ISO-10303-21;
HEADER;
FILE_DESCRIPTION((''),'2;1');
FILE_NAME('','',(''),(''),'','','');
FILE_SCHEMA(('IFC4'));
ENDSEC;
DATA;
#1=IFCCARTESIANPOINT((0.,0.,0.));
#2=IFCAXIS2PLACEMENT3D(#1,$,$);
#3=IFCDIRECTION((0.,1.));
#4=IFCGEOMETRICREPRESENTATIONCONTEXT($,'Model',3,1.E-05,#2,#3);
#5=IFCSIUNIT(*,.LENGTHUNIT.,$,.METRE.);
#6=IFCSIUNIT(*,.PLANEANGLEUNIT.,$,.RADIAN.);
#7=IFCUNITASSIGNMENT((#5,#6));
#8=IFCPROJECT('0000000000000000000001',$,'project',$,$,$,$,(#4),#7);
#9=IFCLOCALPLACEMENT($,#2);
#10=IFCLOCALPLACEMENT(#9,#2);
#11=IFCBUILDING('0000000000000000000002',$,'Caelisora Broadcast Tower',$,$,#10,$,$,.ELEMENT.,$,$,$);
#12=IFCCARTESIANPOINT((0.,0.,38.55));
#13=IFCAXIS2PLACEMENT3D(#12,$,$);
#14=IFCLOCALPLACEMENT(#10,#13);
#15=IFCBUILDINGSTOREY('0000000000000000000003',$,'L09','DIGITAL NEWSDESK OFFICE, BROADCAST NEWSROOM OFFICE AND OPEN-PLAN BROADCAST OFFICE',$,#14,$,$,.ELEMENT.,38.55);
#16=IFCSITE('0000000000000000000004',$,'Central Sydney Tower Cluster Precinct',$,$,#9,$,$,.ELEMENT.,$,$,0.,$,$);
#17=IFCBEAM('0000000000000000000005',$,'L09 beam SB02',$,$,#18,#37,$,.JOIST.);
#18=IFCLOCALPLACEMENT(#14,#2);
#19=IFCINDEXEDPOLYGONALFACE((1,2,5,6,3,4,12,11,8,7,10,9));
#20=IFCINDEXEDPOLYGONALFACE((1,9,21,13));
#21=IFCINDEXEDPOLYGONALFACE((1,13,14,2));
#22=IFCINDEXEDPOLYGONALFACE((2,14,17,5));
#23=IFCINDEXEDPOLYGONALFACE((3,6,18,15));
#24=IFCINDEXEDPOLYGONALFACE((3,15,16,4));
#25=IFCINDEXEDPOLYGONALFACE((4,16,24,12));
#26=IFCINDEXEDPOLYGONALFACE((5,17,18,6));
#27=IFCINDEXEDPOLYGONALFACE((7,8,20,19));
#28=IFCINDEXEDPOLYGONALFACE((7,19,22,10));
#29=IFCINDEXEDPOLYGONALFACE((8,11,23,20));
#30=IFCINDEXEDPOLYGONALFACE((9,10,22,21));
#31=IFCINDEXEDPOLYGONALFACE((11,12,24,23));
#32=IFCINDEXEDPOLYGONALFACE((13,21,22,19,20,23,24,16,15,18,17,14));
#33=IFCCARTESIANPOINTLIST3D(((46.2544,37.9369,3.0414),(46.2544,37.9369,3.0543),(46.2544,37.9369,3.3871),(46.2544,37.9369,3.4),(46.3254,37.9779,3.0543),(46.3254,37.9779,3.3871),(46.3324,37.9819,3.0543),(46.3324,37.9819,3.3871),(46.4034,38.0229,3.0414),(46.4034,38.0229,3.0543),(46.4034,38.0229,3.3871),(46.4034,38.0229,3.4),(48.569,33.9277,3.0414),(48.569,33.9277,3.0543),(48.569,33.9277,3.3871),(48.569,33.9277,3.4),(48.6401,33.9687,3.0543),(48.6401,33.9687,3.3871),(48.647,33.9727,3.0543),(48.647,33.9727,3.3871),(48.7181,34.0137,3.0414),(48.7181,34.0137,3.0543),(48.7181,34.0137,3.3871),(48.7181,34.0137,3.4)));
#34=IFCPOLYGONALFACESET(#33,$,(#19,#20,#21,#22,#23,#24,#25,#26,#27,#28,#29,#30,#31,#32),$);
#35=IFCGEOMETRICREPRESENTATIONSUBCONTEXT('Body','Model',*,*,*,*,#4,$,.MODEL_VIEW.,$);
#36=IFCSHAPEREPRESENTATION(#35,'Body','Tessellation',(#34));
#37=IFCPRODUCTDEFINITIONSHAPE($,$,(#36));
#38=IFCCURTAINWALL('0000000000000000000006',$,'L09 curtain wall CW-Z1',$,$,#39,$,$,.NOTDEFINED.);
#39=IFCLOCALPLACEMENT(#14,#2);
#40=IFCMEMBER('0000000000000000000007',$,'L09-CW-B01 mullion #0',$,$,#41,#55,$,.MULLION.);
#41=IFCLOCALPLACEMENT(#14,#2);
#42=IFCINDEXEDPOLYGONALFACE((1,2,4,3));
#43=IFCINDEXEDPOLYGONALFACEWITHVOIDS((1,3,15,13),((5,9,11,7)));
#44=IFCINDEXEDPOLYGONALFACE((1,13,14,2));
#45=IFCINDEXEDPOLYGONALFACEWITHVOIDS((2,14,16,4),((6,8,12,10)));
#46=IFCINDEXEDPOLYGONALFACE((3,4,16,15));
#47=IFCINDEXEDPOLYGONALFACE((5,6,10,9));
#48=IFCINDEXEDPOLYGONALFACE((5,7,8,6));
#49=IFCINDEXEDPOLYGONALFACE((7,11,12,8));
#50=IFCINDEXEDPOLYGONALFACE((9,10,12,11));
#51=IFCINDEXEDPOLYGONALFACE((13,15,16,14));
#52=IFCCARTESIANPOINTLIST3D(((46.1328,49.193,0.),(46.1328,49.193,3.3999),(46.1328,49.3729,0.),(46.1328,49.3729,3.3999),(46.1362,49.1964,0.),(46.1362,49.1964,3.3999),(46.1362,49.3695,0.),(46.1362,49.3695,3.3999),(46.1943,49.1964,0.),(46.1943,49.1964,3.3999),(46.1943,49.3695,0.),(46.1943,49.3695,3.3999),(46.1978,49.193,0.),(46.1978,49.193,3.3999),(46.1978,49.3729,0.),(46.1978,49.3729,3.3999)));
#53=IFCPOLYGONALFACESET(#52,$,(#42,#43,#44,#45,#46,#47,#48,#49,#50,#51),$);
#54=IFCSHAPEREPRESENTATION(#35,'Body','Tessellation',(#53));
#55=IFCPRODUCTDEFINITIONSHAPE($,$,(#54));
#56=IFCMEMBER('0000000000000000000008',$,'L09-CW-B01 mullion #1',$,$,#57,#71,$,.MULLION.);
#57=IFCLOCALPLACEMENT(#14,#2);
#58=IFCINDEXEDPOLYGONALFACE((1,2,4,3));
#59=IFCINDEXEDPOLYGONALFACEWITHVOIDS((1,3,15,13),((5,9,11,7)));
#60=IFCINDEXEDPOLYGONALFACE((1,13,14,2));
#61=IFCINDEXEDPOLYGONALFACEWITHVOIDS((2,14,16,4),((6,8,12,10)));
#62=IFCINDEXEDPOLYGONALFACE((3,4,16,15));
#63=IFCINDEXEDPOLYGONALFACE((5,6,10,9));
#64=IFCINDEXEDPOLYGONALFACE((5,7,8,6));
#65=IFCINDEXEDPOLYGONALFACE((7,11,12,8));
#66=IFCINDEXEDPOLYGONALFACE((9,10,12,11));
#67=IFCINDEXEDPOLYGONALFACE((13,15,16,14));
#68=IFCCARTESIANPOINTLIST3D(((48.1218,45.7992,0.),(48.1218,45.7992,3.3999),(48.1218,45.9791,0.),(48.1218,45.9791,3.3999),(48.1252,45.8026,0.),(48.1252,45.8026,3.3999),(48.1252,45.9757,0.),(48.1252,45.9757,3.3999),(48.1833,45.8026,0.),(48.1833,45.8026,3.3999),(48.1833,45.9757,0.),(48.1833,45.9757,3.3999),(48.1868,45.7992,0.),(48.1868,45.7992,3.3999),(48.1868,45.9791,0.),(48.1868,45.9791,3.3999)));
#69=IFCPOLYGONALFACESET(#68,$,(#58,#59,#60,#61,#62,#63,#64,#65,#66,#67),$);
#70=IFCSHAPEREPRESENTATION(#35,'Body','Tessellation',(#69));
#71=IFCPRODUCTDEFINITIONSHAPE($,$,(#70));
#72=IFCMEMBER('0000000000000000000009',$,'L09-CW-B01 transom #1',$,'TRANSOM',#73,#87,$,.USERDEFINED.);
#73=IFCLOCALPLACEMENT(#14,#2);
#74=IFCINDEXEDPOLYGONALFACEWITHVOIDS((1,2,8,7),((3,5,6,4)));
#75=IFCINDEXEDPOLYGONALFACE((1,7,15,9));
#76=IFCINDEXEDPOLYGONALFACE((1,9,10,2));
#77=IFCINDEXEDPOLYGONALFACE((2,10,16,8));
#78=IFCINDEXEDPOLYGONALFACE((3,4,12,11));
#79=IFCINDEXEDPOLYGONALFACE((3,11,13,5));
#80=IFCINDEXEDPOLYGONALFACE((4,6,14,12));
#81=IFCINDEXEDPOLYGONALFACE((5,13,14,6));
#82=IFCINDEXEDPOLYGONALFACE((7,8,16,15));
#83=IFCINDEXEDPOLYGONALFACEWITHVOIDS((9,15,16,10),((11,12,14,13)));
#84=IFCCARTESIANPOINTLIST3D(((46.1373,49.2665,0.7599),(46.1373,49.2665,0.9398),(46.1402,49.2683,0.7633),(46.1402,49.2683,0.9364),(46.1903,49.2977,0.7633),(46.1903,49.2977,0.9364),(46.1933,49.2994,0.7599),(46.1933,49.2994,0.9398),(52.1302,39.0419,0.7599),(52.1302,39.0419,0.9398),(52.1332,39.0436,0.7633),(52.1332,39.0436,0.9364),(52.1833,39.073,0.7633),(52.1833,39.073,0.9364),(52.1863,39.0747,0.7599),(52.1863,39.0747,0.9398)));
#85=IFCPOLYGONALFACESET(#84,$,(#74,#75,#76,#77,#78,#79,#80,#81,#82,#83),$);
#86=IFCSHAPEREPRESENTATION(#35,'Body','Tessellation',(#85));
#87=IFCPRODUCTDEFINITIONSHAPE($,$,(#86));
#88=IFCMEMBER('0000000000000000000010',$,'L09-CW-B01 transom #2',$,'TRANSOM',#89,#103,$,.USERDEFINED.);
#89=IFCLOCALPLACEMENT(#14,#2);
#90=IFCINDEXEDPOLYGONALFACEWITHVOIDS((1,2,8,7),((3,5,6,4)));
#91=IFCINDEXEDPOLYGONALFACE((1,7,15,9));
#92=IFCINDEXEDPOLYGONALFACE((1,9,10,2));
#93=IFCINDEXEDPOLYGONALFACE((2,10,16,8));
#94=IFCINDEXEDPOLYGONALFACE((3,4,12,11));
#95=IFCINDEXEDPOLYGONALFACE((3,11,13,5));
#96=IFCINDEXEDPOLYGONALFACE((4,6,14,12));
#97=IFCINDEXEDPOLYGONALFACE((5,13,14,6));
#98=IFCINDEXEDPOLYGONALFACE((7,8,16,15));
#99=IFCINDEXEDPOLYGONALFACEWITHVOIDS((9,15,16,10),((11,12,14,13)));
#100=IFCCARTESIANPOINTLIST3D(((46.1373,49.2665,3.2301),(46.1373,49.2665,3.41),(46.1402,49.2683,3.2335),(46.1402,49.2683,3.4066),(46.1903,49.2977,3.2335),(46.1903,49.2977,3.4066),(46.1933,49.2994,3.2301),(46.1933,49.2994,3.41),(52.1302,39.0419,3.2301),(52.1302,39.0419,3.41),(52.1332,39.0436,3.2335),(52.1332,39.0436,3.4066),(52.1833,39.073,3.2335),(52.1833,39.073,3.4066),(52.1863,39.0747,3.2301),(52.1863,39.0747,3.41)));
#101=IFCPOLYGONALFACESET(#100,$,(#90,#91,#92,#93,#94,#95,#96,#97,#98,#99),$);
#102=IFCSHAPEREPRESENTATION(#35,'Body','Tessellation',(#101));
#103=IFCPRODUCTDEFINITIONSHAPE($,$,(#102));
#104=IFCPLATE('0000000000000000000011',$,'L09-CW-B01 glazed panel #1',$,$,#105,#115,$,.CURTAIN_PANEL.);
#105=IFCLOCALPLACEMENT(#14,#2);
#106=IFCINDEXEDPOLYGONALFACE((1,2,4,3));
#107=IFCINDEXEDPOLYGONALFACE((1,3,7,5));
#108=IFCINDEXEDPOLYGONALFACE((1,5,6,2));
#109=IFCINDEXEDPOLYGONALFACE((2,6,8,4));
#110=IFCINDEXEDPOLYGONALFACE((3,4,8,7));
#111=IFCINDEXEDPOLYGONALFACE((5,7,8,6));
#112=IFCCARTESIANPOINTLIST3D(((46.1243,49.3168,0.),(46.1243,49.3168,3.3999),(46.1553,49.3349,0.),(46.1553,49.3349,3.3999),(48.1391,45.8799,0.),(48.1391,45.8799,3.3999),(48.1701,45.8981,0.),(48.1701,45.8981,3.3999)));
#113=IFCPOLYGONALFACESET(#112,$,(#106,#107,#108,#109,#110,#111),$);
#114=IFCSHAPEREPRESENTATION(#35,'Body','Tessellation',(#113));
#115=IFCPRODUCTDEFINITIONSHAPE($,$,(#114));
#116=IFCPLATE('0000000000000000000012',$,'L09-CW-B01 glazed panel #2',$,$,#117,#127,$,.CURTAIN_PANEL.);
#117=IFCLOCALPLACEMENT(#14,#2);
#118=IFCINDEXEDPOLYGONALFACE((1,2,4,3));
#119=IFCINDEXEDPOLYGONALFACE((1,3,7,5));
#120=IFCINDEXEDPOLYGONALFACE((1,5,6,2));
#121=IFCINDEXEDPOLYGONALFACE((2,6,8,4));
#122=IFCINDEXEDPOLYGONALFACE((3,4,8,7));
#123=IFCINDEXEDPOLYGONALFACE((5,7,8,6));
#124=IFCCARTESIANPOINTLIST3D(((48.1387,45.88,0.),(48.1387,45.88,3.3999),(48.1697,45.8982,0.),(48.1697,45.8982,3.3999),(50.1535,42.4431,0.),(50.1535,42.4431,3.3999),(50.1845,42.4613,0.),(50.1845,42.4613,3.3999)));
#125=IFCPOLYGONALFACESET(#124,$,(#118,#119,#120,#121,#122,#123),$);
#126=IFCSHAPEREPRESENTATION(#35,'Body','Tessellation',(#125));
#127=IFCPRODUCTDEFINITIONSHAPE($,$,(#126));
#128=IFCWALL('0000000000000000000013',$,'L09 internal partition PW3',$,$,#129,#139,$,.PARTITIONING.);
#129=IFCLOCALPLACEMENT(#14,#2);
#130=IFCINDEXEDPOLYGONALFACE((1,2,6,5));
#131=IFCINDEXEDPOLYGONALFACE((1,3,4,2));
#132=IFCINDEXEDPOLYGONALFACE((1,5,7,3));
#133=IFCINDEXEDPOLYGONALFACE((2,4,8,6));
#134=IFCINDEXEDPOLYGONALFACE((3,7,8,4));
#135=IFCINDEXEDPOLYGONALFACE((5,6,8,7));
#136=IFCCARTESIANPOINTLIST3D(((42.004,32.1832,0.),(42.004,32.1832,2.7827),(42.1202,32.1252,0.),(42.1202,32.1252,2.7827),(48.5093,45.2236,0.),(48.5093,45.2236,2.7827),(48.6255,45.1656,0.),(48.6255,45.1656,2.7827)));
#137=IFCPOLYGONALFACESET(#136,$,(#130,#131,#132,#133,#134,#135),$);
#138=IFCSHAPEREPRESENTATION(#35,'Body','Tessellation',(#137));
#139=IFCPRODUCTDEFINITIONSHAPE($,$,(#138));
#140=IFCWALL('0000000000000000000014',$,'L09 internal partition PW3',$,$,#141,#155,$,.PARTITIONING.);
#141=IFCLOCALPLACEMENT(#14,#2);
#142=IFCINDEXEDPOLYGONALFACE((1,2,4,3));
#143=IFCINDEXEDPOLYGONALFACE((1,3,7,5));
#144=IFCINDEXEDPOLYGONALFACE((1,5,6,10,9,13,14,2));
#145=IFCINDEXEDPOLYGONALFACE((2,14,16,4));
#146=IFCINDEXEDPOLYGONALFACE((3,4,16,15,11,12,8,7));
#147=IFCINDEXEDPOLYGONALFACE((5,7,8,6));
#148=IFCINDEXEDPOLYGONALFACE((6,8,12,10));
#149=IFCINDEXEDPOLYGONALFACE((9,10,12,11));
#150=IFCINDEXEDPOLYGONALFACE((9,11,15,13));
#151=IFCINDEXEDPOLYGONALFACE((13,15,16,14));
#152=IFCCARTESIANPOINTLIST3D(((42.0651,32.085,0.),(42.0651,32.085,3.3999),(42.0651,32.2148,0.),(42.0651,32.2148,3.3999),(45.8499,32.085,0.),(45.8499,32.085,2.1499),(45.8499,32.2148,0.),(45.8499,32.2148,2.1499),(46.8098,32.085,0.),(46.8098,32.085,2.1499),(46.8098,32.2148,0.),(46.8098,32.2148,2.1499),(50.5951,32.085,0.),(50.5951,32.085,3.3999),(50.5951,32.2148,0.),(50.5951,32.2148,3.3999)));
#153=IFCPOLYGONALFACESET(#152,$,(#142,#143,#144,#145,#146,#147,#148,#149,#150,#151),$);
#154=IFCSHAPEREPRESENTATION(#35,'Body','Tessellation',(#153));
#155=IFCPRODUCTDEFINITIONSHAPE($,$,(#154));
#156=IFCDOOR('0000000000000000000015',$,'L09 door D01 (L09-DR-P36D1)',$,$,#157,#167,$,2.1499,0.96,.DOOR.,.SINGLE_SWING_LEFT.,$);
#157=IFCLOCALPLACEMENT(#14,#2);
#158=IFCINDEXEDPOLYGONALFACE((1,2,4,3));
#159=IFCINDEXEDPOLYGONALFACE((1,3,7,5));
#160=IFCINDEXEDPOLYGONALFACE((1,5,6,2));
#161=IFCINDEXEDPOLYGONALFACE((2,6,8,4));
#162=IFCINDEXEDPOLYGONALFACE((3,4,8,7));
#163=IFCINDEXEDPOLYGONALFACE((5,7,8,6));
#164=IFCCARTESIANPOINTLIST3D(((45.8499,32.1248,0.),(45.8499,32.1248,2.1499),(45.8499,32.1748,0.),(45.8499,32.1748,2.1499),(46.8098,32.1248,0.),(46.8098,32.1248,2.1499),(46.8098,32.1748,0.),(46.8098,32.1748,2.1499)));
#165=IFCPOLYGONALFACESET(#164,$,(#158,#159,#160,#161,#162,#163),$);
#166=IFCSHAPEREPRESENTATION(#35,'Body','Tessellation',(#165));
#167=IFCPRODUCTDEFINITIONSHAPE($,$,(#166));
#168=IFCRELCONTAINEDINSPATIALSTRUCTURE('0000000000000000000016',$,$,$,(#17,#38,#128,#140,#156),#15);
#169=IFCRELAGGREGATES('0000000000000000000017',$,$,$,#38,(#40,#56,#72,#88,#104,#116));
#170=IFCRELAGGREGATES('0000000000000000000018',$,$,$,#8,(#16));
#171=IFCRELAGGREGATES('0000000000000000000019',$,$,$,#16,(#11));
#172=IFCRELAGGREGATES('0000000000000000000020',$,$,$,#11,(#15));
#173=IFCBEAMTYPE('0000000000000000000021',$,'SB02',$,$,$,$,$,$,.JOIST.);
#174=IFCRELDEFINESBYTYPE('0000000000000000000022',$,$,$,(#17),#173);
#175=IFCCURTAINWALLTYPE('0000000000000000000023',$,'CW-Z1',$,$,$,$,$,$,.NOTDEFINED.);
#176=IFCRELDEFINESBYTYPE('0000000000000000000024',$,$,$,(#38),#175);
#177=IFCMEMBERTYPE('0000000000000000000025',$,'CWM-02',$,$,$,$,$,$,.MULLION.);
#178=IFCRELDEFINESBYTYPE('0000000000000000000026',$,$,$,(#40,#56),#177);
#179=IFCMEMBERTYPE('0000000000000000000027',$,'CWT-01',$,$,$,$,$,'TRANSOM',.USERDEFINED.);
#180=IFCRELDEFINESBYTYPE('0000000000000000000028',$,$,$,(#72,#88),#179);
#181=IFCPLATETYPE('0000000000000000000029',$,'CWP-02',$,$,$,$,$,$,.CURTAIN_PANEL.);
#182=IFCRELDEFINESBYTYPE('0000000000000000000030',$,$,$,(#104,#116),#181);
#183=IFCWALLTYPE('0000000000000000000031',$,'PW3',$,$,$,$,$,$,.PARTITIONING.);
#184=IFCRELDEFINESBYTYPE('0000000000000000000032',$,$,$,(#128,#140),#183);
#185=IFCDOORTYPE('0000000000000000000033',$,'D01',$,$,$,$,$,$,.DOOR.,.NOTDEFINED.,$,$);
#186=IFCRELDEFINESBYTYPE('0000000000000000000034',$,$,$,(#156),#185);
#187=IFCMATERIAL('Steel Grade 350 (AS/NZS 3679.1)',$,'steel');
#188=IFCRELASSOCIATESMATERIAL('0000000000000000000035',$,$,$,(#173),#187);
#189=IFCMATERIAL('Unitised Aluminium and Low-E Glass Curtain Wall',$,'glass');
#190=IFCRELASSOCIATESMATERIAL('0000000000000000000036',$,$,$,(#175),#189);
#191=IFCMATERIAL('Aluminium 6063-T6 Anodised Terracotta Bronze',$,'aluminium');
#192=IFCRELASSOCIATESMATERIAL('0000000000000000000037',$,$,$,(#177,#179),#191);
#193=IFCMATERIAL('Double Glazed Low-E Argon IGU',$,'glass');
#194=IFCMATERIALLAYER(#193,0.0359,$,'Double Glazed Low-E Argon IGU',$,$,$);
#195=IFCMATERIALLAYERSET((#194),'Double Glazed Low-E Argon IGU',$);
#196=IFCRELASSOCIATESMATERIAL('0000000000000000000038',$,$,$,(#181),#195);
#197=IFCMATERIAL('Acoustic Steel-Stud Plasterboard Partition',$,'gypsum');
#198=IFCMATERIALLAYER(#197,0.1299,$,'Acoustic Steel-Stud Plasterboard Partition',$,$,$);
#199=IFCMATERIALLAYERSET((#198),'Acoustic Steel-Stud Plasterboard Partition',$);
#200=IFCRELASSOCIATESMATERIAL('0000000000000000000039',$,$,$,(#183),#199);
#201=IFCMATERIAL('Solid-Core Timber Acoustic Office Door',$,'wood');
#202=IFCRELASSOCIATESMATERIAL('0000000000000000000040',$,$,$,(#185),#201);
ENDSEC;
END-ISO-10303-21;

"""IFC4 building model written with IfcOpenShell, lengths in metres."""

from ifc_helpers import new_model, si_unit, direction, frame, frame_2d, origin, origin_2d, place, context, subcontext, project, spatial, rectangle, hollow_rectangle, i_section, extrude, source, transform, mapped, material, layer, layer_set, material_profile, profile_set, type_object, type_shapes, element, fill, aggregate, save


model = new_model("IFC4")

# Units and contexts
model_context = context("Model", 3, precision=1e-05, world=origin(), true_north=direction((0.0, 1.0)))
body_context = subcontext(model_context, "Body", "Model", "MODEL_VIEW")
ifc_project = project(units=[si_unit("LENGTHUNIT", "METRE"), si_unit("PLANEANGLEUNIT", "RADIAN")], contexts=[model_context])

# Site, building, storey
site_placement = place(None, origin())
site = spatial("IfcSite", under=ifc_project, at=site_placement, Name="Central Sydney Tower Cluster Precinct", CompositionType="ELEMENT", RefElevation=0.0)
building_placement = place(site_placement, origin())
building = spatial("IfcBuilding", under=site, at=building_placement, Name="Caelisora Broadcast Tower", CompositionType="ELEMENT")
storey_placement = place(building_placement, frame((0.0, 0.0, 38.55)))
storey = spatial("IfcBuildingStorey", under=building, at=storey_placement, Name="L09", Description="DIGITAL NEWSDESK OFFICE, BROADCAST NEWSROOM OFFICE AND OPEN-PLAN BROADCAST OFFICE", CompositionType="ELEMENT", Elevation=38.55)

# Beam
ifc_material_1 = material(Name="Steel Grade 350 (AS/NZS 3679.1)", Category="steel")
ifc_material_profile_1 = material_profile(ifc_material_1, i_section(OverallWidth=0.1721, OverallDepth=0.3586, WebThickness=0.0081, FlangeThickness=0.0129, at=origin_2d()), Name="Steel Grade 350 (AS/NZS 3679.1)")
ifc_profile_set_1 = profile_set([ifc_material_profile_1], Name="Steel Grade 350 (AS/NZS 3679.1)")
beam_type_1 = type_object("IfcBeamType", Name="SB02", PredefinedType="JOIST", material=ifc_profile_set_1)
shared_shape_1 = source(origin(), body_context, "Body", "SweptSolid", [
    extrude(i_section(OverallWidth=0.1721, OverallDepth=0.3586, WebThickness=0.0081, FlangeThickness=0.0129, at=origin_2d()), origin(), (0.0, 0.0, 1.0), 4.6294),
])
beam_1_placement = place(storey_placement, frame((48.6436, 33.9707, 3.2207), z_axis=(-0.49999, 0.866031, 0.0), x_axis=(-0.866031, -0.49999, 0.0)))
element("IfcBeam", 1, at=beam_1_placement, inside=storey, type_object=beam_type_1, Name="L09 beam SB02", PredefinedType="JOIST", context=body_context, shape_type="MappedRepresentation", body=[
    mapped(shared_shape_1, transform((0.0, 0.0, 0.0), scale=1.0)),
])

# Curtain wall, members, plates
ifc_material_2 = material(Name="Unitised Aluminium and Low-E Glass Curtain Wall", Category="glass")
curtain_wall_type = type_object("IfcCurtainWallType", Name="CW-Z1", PredefinedType="NOTDEFINED", material=ifc_material_2)
curtain_wall_placement = place(storey_placement, origin())
curtain_wall = element("IfcCurtainWall", 2, at=curtain_wall_placement, inside=storey, type_object=curtain_wall_type, Name="L09 curtain wall CW-Z1", PredefinedType="NOTDEFINED")
ifc_material_3 = material(Name="Aluminium 6063-T6 Anodised Terracotta Bronze", Category="aluminium")
ifc_material_profile_2 = material_profile(ifc_material_3, hollow_rectangle(XDim=0.0649, YDim=0.1799, WallThickness=0.0034, at=origin_2d()), Name="Aluminium 6063-T6 Anodised Terracotta Bronze")
ifc_profile_set_2 = profile_set([ifc_material_profile_2], Name="Aluminium 6063-T6 Anodised Terracotta Bronze")
member_type_1 = type_object("IfcMemberType", Name="CWM-02", PredefinedType="MULLION", material=ifc_profile_set_2)
shared_shape_2 = source(origin(), body_context, "Body", "SweptSolid", [
    extrude(hollow_rectangle(XDim=0.0649, YDim=0.1799, WallThickness=0.0034, at=origin_2d()), origin(), (0.0, 0.0, 1.0), 3.3999),
])
type_shapes(member_type_1, [shared_shape_2])
member_1_placement = place(storey_placement, frame((46.1653, 49.283, 0.0), z_axis=(0.0, 0.0, 1.0), x_axis=(1.0, 0.0, 0.0)))
member_1 = element("IfcMember", 3, at=member_1_placement, type_object=member_type_1, Name="L09-CW-B01 mullion #0", PredefinedType="MULLION", context=body_context, shape_type="MappedRepresentation", body=[
    mapped(shared_shape_2, transform((0.0, 0.0, 0.0), scale=1.0)),
])
member_2_placement = place(storey_placement, frame((48.1543, 45.8892, 0.0), z_axis=(0.0, 0.0, 1.0), x_axis=(1.0, 0.0, 0.0)))
member_2 = element("IfcMember", 4, at=member_2_placement, type_object=member_type_1, Name="L09-CW-B01 mullion #1", PredefinedType="MULLION", context=body_context, shape_type="MappedRepresentation", body=[
    mapped(shared_shape_2, transform((0.0, 0.0, 0.0), scale=1.0)),
])
ifc_material_profile_3 = material_profile(ifc_material_3, hollow_rectangle(XDim=0.0649, YDim=0.1799, WallThickness=0.0034, at=origin_2d()), Name="Aluminium 6063-T6 Anodised Terracotta Bronze")
ifc_profile_set_3 = profile_set([ifc_material_profile_3], Name="Aluminium 6063-T6 Anodised Terracotta Bronze")
member_type_2 = type_object("IfcMemberType", Name="CWT-01", ElementType="TRANSOM", PredefinedType="USERDEFINED", material=ifc_profile_set_3)
shared_shape_3 = source(origin(), body_context, "Body", "SweptSolid", [
    extrude(hollow_rectangle(XDim=0.0649, YDim=0.1799, WallThickness=0.0034, at=origin_2d()), origin(), (0.0, 0.0, 1.0), 11.8516),
])
type_shapes(member_type_2, [shared_shape_3])
member_3_placement = place(storey_placement, frame((46.1653, 49.283, 0.8499), z_axis=(0.505668, -0.862728, 0.0), x_axis=(0.862728, 0.505668, 0.0)))
member_3 = element("IfcMember", 5, at=member_3_placement, type_object=member_type_2, Name="L09-CW-B01 transom #1", ObjectType="TRANSOM", PredefinedType="USERDEFINED", context=body_context, shape_type="MappedRepresentation", body=[
    mapped(shared_shape_3, transform((0.0, 0.0, 0.0), scale=1.0)),
])
member_4_placement = place(storey_placement, frame((46.1653, 49.283, 3.3201), z_axis=(0.505668, -0.862728, 0.0), x_axis=(0.862728, 0.505668, 0.0)))
member_4 = element("IfcMember", 6, at=member_4_placement, type_object=member_type_2, Name="L09-CW-B01 transom #2", ObjectType="TRANSOM", PredefinedType="USERDEFINED", context=body_context, shape_type="MappedRepresentation", body=[
    mapped(shared_shape_3, transform((0.0, 0.0, 0.0), scale=1.0)),
])
ifc_material_4 = material(Name="Double Glazed Low-E Argon IGU", Category="glass")
ifc_layer_1 = layer(ifc_material_4, 0.0359, Name="Double Glazed Low-E Argon IGU")
ifc_layer_set_1 = layer_set([ifc_layer_1], Name="Double Glazed Low-E Argon IGU")
plate_type = type_object("IfcPlateType", Name="CWP-02", PredefinedType="CURTAIN_PANEL", material=ifc_layer_set_1)
shared_shape_4 = source(origin(), body_context, "Body", "SweptSolid", [
    extrude(rectangle(XDim=3.9839, YDim=0.0359, at=origin_2d()), origin(), (0.0, 0.0, 1.0), 3.3999),
])
type_shapes(plate_type, [shared_shape_4])
plate_1_placement = place(storey_placement, frame((47.1472, 47.6074, 0.0), z_axis=(0.0, 0.0, 1.0), x_axis=(0.505733, -0.86269, 0.0)))
plate_1 = element("IfcPlate", 7, at=plate_1_placement, type_object=plate_type, Name="L09-CW-B01 glazed panel #1", PredefinedType="CURTAIN_PANEL", context=body_context, shape_type="MappedRepresentation", body=[
    mapped(shared_shape_4, transform((0.0, 0.0, 0.0), scale=1.0)),
])
plate_2_placement = place(storey_placement, frame((49.1616, 44.1707, 0.0), z_axis=(0.0, 0.0, 1.0), x_axis=(0.505733, -0.86269, 0.0)))
plate_2 = element("IfcPlate", 8, at=plate_2_placement, type_object=plate_type, Name="L09-CW-B01 glazed panel #2", PredefinedType="CURTAIN_PANEL", context=body_context, shape_type="MappedRepresentation", body=[
    mapped(shared_shape_4, transform((0.0, 0.0, 0.0), scale=1.0)),
])
aggregate(curtain_wall, [member_1, member_2, member_3, member_4, plate_1, plate_2])

# Wall
ifc_material_5 = material(Name="Acoustic Steel-Stud Plasterboard Partition", Category="gypsum")
ifc_layer_2 = layer(ifc_material_5, 0.1299, Name="Acoustic Steel-Stud Plasterboard Partition")
ifc_layer_set_2 = layer_set([ifc_layer_2], Name="Acoustic Steel-Stud Plasterboard Partition")
wall_type_1 = type_object("IfcWallType", Name="PW3", PredefinedType="PARTITIONING", material=ifc_layer_set_2)
wall_1_placement = place(storey_placement, frame((42.062, 32.1541, 0.0), z_axis=(0.0, 0.0, 1.0), x_axis=(0.446396, 0.894836, 0.0)))
element("IfcWall", 9, at=wall_1_placement, inside=storey, type_object=wall_type_1, Name="L09 internal partition PW3", PredefinedType="PARTITIONING", context=body_context, shape_type="SweptSolid", body=[
    extrude(rectangle(XDim=14.573, YDim=0.1299, at=frame_2d((7.2866, 0.0))), origin(), (0.0, 0.0, 1.0), 2.7827),
])

# Wall, opening, door
wall_2_placement = place(storey_placement, frame((42.0649, 32.1499, 0.0), z_axis=(0.0, 0.0, 1.0), x_axis=(1.0, 0.0, 0.0)))
wall_2 = element("IfcWall", 10, at=wall_2_placement, inside=storey, type_object=wall_type_1, Name="L09 internal partition PW3", PredefinedType="PARTITIONING", context=body_context, shape_type="SweptSolid", body=[
    extrude(rectangle(XDim=8.53, YDim=0.1299, at=frame_2d((4.2651, 0.0))), origin(), (0.0, 0.0, 1.0), 3.3999),
])
opening_1_placement = place(wall_2_placement, frame((3.7849, 0.0, 0.0)))
opening_1 = element("IfcOpeningElement", 11, at=opening_1_placement, cuts=wall_2, PredefinedType="OPENING", context=body_context, shape_type="SweptSolid", body=[
    extrude(rectangle(XDim=0.96, YDim=2.1499, at=frame_2d((0.48, 1.075))), frame((0.0, 0.0769, 0.0), z_axis=(0.0, -1.0, 0.0), x_axis=(1.0, 0.0, 0.0)), (0.0, 0.0, 1.0), 0.1538),
])
ifc_material_6 = material(Name="Solid-Core Timber Acoustic Office Door", Category="wood")
door_type = type_object("IfcDoorType", Name="D01", OperationType="NOTDEFINED", PredefinedType="DOOR", material=ifc_material_6)
door_1_placement = place(opening_1_placement, origin())
door_1 = element("IfcDoor", 12, at=door_1_placement, inside=storey, type_object=door_type, Name="L09 door D01 (L09-DR-P36D1)", OperationType="SINGLE_SWING_LEFT", OverallHeight=2.1499, OverallWidth=0.96, PredefinedType="DOOR", context=body_context, shape_type="SweptSolid", body=[
    extrude(rectangle(XDim=0.96, YDim=2.1499, at=frame_2d((0.48, 1.075))), frame((0.0, 0.0249, 0.0), z_axis=(0.0, -1.0, 0.0), x_axis=(1.0, 0.0, 0.0)), (0.0, 0.0, 1.0), 0.05),
])
fill(opening_1, door_1)

save(model, "model.ifc")
